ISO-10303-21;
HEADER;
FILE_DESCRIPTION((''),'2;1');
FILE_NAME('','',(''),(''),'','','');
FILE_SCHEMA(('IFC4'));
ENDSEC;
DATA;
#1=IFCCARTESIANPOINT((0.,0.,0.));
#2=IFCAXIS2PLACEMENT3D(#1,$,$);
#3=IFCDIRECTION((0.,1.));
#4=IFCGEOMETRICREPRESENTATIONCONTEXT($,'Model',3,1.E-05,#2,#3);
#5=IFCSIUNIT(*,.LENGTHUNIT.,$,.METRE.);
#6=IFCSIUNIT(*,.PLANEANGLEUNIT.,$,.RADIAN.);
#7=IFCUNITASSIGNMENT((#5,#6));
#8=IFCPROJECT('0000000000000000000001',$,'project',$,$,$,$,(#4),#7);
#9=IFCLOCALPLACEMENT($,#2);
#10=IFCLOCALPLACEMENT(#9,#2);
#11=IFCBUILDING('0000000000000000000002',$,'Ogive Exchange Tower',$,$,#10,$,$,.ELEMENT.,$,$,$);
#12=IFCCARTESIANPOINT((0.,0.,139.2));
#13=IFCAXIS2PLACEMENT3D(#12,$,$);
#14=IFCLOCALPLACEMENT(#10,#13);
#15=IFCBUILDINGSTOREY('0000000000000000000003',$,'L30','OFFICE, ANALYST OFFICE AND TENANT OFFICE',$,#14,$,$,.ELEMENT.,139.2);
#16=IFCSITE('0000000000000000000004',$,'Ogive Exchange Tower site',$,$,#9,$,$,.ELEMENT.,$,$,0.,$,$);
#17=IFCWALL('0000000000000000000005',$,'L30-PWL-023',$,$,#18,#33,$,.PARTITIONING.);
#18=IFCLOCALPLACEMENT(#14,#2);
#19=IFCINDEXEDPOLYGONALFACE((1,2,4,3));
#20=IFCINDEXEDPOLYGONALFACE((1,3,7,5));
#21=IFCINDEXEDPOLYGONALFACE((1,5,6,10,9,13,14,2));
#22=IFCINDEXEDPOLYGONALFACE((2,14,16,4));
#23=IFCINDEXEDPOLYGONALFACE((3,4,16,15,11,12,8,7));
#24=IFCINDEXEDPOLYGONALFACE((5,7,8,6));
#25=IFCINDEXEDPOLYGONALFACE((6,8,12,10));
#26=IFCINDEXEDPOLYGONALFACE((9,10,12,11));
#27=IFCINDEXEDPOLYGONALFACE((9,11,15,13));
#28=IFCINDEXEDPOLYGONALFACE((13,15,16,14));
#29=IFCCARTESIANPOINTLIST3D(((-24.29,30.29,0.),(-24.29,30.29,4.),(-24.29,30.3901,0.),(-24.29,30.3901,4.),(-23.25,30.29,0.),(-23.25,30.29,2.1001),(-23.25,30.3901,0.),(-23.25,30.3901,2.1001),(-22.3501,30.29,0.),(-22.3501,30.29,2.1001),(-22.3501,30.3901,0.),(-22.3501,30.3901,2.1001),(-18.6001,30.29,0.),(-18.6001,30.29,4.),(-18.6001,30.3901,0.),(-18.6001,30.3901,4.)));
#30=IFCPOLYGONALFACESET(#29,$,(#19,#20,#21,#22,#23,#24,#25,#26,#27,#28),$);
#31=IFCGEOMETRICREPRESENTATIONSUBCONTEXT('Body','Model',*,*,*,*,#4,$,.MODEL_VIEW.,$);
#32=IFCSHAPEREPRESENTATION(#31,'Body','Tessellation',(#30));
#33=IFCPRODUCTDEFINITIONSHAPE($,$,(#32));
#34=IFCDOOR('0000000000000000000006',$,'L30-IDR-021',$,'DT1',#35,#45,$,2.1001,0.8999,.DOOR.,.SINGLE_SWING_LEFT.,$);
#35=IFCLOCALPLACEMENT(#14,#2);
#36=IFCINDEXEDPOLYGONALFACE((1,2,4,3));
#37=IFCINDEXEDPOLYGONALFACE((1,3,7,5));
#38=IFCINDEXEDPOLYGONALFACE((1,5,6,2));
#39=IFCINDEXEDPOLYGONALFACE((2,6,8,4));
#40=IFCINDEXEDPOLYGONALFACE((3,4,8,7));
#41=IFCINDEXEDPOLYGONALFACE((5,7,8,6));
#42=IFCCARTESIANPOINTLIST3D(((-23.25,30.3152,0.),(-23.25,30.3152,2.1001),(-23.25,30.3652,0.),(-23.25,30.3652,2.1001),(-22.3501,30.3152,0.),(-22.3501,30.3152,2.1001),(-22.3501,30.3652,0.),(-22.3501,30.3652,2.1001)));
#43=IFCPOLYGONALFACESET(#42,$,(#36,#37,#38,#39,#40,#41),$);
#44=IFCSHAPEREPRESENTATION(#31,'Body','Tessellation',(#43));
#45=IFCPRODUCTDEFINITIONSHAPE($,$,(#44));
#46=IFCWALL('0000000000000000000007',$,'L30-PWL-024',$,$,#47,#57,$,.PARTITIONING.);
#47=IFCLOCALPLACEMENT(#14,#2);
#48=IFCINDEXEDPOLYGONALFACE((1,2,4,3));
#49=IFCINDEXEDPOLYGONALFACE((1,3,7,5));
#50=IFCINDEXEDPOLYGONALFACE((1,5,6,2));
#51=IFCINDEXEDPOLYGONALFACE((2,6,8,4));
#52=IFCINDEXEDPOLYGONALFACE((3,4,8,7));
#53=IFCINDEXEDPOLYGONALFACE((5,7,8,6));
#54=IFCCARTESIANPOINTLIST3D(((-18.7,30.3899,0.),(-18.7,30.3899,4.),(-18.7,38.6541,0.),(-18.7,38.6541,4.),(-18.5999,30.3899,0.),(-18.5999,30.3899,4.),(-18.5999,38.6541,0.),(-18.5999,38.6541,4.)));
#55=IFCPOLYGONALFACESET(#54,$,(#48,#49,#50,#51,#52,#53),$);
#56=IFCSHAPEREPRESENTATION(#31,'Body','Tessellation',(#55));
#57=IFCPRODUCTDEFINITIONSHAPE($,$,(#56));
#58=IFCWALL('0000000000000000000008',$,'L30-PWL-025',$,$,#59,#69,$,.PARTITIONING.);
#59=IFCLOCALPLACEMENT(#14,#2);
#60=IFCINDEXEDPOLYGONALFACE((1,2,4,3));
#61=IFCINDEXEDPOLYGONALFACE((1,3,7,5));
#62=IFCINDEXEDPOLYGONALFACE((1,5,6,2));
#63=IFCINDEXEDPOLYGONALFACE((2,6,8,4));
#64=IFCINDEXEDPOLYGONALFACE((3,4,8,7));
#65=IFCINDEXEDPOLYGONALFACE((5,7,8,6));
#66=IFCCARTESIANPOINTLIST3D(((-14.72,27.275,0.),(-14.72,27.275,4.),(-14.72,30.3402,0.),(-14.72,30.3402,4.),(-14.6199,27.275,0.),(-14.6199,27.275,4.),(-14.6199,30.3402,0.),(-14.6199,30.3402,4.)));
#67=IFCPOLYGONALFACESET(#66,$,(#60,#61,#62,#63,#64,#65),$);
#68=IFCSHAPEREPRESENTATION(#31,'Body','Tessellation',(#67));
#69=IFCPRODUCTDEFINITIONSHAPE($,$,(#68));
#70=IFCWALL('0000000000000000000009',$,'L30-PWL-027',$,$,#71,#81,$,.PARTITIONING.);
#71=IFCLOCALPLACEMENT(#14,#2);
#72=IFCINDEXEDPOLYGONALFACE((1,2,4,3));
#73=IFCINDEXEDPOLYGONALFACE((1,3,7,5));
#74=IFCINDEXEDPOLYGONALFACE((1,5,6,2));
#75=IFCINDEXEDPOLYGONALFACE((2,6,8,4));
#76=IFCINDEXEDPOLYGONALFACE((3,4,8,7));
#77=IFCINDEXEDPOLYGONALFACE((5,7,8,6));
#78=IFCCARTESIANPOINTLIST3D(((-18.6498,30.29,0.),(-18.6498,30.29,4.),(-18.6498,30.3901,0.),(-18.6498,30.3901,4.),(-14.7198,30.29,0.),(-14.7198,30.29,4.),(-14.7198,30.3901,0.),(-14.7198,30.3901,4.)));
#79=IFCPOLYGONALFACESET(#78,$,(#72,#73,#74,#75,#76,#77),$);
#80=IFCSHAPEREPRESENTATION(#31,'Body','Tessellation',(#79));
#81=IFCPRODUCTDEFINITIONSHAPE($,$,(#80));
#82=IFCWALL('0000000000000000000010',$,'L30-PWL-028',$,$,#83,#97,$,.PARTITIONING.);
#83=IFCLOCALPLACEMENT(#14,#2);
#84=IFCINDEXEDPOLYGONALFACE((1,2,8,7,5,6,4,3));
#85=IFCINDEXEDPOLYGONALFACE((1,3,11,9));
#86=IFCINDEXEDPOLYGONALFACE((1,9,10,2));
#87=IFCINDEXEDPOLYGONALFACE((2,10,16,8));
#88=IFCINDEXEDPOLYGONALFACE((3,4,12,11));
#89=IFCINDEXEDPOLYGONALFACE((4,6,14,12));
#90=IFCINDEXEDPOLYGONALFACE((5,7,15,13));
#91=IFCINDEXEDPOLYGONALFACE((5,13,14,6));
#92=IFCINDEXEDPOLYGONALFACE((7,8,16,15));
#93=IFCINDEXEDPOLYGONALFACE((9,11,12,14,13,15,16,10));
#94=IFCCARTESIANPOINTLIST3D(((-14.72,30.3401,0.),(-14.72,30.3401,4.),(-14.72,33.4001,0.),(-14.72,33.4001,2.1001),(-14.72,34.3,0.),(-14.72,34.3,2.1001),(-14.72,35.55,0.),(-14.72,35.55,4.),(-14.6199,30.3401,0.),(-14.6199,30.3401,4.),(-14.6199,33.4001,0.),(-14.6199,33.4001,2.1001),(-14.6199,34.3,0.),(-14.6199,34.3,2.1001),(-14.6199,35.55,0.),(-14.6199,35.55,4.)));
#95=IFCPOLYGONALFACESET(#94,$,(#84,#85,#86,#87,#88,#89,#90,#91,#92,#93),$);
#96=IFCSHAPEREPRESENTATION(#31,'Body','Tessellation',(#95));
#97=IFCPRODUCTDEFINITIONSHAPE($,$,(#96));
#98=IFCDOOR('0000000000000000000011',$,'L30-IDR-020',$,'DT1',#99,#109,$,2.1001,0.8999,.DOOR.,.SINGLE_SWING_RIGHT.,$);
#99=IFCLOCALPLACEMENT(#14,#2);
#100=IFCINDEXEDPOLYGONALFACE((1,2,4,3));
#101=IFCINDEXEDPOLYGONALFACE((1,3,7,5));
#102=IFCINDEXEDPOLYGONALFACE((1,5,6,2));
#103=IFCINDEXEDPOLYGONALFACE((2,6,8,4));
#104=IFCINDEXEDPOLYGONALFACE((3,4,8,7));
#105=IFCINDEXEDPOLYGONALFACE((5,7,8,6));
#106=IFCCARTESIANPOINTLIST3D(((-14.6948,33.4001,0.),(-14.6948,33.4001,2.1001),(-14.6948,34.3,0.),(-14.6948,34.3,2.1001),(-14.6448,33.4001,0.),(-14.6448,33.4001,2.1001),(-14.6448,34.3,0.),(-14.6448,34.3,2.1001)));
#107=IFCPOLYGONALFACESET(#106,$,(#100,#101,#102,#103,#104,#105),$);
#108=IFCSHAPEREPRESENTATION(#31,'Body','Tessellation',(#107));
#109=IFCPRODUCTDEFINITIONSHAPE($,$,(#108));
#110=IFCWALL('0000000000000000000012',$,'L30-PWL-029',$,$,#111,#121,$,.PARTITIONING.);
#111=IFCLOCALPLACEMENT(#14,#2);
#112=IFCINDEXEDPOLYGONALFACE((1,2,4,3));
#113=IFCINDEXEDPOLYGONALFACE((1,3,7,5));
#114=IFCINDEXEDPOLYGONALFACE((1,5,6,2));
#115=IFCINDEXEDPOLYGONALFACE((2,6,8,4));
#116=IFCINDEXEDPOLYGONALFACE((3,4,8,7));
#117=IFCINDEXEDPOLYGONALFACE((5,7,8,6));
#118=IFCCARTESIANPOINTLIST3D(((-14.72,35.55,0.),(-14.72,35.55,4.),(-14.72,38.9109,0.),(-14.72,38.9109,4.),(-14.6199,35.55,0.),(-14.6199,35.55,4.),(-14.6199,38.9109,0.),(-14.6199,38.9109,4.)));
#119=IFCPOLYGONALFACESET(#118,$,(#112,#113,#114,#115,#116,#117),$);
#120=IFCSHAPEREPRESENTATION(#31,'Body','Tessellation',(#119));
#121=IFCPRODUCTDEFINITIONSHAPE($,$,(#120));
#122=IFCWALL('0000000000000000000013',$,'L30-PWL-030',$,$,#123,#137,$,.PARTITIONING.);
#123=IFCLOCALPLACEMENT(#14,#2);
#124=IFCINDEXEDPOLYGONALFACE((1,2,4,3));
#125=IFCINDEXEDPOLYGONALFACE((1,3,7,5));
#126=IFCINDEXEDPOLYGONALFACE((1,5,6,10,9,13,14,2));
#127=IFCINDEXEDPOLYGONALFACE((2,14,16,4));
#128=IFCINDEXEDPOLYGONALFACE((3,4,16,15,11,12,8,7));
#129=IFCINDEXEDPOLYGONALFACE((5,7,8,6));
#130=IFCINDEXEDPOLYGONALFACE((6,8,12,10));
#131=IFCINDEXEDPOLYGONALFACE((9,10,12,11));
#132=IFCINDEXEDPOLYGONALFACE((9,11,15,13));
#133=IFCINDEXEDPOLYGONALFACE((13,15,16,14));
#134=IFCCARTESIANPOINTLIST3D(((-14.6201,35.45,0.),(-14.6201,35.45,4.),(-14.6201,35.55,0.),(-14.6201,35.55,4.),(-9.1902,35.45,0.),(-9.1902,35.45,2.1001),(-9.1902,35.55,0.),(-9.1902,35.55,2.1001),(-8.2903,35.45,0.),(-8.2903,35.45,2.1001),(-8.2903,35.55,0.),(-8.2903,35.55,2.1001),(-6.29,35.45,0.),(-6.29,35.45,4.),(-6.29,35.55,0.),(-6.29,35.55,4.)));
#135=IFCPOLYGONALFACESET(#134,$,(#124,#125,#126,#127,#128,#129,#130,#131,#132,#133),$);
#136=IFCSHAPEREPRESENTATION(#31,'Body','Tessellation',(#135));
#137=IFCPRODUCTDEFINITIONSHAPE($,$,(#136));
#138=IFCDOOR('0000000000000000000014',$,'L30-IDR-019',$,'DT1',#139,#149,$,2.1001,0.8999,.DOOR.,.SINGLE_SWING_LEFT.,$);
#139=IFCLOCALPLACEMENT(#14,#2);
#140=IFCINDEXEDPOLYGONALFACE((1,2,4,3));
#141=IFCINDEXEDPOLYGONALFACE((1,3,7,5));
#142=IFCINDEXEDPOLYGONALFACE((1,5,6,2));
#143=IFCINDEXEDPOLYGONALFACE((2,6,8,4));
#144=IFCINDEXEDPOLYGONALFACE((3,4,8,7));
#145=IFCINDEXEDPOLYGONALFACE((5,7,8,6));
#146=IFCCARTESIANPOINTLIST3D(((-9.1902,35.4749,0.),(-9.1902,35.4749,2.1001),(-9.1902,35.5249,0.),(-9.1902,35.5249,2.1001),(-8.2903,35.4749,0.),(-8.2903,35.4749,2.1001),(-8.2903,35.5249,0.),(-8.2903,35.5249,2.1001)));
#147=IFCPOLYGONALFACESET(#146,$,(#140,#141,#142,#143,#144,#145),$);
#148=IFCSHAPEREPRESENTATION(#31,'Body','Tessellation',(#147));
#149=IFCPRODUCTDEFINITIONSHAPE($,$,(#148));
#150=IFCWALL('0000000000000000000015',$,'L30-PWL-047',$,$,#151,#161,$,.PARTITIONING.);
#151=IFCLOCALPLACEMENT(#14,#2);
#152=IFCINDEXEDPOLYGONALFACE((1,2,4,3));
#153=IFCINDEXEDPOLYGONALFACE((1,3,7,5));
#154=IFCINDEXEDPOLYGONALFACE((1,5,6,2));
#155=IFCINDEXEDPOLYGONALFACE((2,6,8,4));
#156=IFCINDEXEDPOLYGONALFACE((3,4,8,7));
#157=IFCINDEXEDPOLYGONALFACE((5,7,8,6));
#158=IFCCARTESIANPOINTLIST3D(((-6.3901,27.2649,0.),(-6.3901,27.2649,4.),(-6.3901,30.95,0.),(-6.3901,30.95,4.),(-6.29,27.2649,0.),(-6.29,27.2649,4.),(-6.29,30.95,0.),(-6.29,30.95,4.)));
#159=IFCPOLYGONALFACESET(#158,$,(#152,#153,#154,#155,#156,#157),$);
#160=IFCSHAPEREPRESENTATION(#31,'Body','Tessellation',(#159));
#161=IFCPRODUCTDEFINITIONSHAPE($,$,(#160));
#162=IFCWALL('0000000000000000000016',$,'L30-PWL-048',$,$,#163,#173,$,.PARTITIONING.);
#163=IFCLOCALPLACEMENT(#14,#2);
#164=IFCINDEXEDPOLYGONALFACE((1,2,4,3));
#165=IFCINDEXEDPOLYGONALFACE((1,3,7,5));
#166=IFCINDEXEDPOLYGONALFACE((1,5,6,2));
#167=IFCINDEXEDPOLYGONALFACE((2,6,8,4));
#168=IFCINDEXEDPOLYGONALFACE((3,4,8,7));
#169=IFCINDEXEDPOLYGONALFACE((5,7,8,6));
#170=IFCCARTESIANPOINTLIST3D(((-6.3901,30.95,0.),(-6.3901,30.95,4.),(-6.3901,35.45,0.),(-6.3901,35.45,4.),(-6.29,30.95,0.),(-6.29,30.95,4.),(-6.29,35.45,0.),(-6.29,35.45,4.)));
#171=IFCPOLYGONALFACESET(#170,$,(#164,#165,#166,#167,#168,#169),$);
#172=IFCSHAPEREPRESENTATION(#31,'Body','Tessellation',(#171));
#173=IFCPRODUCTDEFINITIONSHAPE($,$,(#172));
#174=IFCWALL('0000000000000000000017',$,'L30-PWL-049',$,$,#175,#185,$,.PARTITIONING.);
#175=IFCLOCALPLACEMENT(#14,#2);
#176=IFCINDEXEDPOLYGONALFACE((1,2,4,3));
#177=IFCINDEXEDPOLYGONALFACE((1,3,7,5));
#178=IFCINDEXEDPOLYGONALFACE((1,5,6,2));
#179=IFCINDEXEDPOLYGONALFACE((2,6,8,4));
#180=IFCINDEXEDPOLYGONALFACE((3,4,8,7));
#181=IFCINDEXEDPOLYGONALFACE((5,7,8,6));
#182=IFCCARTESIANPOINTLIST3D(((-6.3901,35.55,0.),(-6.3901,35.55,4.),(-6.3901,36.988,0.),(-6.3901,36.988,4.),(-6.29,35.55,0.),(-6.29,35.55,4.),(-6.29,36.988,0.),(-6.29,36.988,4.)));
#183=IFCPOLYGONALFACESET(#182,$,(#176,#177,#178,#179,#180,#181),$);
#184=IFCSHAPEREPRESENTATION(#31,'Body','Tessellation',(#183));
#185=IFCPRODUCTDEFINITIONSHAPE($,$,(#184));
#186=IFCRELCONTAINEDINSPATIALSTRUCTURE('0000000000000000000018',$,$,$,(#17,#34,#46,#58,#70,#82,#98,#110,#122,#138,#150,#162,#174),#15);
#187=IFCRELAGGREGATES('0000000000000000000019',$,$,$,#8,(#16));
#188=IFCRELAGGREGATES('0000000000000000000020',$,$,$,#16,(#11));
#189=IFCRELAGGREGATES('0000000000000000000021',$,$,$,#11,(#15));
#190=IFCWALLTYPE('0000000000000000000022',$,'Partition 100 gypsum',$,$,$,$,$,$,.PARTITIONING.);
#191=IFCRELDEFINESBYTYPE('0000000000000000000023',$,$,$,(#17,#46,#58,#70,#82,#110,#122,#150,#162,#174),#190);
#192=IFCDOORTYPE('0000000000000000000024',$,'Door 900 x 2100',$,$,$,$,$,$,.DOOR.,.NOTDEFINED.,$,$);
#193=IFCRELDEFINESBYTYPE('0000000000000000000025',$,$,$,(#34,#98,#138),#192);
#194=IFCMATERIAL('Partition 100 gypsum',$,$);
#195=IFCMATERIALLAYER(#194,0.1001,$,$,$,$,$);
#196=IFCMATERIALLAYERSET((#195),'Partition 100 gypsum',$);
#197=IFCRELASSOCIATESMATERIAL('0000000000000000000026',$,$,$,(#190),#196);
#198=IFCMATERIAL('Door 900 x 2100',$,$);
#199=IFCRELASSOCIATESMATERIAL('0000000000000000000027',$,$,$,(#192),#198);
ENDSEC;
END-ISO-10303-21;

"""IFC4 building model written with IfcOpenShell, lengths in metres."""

from ifc_helpers import new_model, si_unit, direction, frame, frame_2d, origin, place, context, subcontext, project, spatial, rectangle, extrude, material, layer, layer_set, type_object, element, fill, save


model = new_model("IFC4")

# Units and contexts
model_context = context("Model", 3, precision=1e-05, world=origin(), true_north=direction((0.0, 1.0)))
body_context = subcontext(model_context, "Body", "Model", "MODEL_VIEW")
ifc_project = project(units=[si_unit("LENGTHUNIT", "METRE"), si_unit("PLANEANGLEUNIT", "RADIAN")], contexts=[model_context])

# Site, building, storey
site_placement = place(None, origin())
site = spatial("IfcSite", under=ifc_project, at=site_placement, Name="Ogive Exchange Tower site", CompositionType="ELEMENT", RefElevation=0.0)
building_placement = place(site_placement, origin())
building = spatial("IfcBuilding", under=site, at=building_placement, Name="Ogive Exchange Tower", CompositionType="ELEMENT")
storey_placement = place(building_placement, frame((0.0, 0.0, 139.2)))
storey = spatial("IfcBuildingStorey", under=building, at=storey_placement, Name="L30", Description="OFFICE, ANALYST OFFICE AND TENANT OFFICE", CompositionType="ELEMENT", Elevation=139.2)

# Wall, opening, door
ifc_material_1 = material(Name="Partition 100 gypsum")
ifc_layer_1 = layer(ifc_material_1, 0.1001)
ifc_layer_set_1 = layer_set([ifc_layer_1], Name="Partition 100 gypsum")
wall_type_1 = type_object("IfcWallType", Name="Partition 100 gypsum", PredefinedType="PARTITIONING", material=ifc_layer_set_1)
wall_1_placement = place(storey_placement, frame((-18.6001, 30.3401, 0.0), z_axis=(0.0, 0.0, 1.0), x_axis=(-1.0, 0.0, 0.0)))
wall_1 = element("IfcWall", 1, at=wall_1_placement, inside=storey, type_object=wall_type_1, Name="L30-PWL-023", PredefinedType="PARTITIONING", context=body_context, shape_type="SweptSolid", body=[
    extrude(rectangle(XDim=5.6899, YDim=0.1001, at=frame_2d((2.845, 0.0))), origin(), (0.0, 0.0, 1.0), 4.0),
])
opening_1_placement = place(wall_1_placement, frame((3.75, 0.0, 0.0)))
opening_1 = element("IfcOpeningElement", 2, at=opening_1_placement, cuts=wall_1, PredefinedType="OPENING", context=body_context, shape_type="SweptSolid", body=[
    extrude(rectangle(XDim=0.8999, YDim=2.1001, at=frame_2d((0.45, 1.05))), frame((0.0, 0.0601, 0.0), z_axis=(0.0, -1.0, 0.0), x_axis=(1.0, 0.0, 0.0)), (0.0, 0.0, 1.0), 0.1201),
])
ifc_material_2 = material(Name="Door 900 x 2100")
door_type_1 = type_object("IfcDoorType", Name="Door 900 x 2100", OperationType="NOTDEFINED", PredefinedType="DOOR", material=ifc_material_2)
door_1_placement = place(opening_1_placement, origin())
door_1 = element("IfcDoor", 3, at=door_1_placement, inside=storey, type_object=door_type_1, Name="L30-IDR-021", ObjectType="DT1", OperationType="SINGLE_SWING_LEFT", OverallHeight=2.1001, OverallWidth=0.8999, PredefinedType="DOOR", context=body_context, shape_type="SweptSolid", body=[
    extrude(rectangle(XDim=0.8999, YDim=2.1001, at=frame_2d((0.45, 1.05))), frame((0.0, 0.0249, 0.0), z_axis=(0.0, -1.0, 0.0), x_axis=(1.0, 0.0, 0.0)), (0.0, 0.0, 1.0), 0.05),
])
fill(opening_1, door_1)

# Walls
wall_2_placement = place(storey_placement, frame((-18.6499, 30.3899, 0.0), z_axis=(0.0, 0.0, 1.0), x_axis=(0.0, 1.0, 0.0)))
element("IfcWall", 4, at=wall_2_placement, inside=storey, type_object=wall_type_1, Name="L30-PWL-024", PredefinedType="PARTITIONING", context=body_context, shape_type="SweptSolid", body=[
    extrude(rectangle(XDim=8.2642, YDim=0.1001, at=frame_2d((4.1321, 0.0))), origin(), (0.0, 0.0, 1.0), 4.0),
])
wall_3_placement = place(storey_placement, frame((-14.6699, 27.2749, 0.0), z_axis=(0.0, 0.0, 1.0), x_axis=(0.0, 1.0, 0.0)))
element("IfcWall", 5, at=wall_3_placement, inside=storey, type_object=wall_type_1, Name="L30-PWL-025", PredefinedType="PARTITIONING", context=body_context, shape_type="SweptSolid", body=[
    extrude(rectangle(XDim=3.0652, YDim=0.1001, at=frame_2d((1.5327, 0.0))), origin(), (0.0, 0.0, 1.0), 4.0),
])
wall_4_placement = place(storey_placement, frame((-14.72, 30.3401, 0.0), z_axis=(0.0, 0.0, 1.0), x_axis=(-1.0, 0.0, 0.0)))
element("IfcWall", 6, at=wall_4_placement, inside=storey, type_object=wall_type_1, Name="L30-PWL-027", PredefinedType="PARTITIONING", context=body_context, shape_type="SweptSolid", body=[
    extrude(rectangle(XDim=3.9299, YDim=0.1001, at=frame_2d((1.9648, 0.0))), origin(), (0.0, 0.0, 1.0), 4.0),
])

# Wall, opening, door
wall_5_placement = place(storey_placement, frame((-14.6699, 30.3401, 0.0), z_axis=(0.0, 0.0, 1.0), x_axis=(0.0, 1.0, 0.0)))
wall_5 = element("IfcWall", 7, at=wall_5_placement, inside=storey, type_object=wall_type_1, Name="L30-PWL-028", PredefinedType="PARTITIONING", context=body_context, shape_type="SweptSolid", body=[
    extrude(rectangle(XDim=5.21, YDim=0.1001, at=frame_2d((2.605, 0.0))), origin(), (0.0, 0.0, 1.0), 4.0),
])
opening_2_placement = place(wall_5_placement, frame((3.0601, 0.0, 0.0)))
opening_2 = element("IfcOpeningElement", 8, at=opening_2_placement, cuts=wall_5, PredefinedType="OPENING", context=body_context, shape_type="SweptSolid", body=[
    extrude(rectangle(XDim=0.8999, YDim=2.1001, at=frame_2d((0.45, 1.05))), frame((0.0, 0.0601, 0.0), z_axis=(0.0, -1.0, 0.0), x_axis=(1.0, 0.0, 0.0)), (0.0, 0.0, 1.0), 0.1201),
])
door_2_placement = place(opening_2_placement, origin())
door_2 = element("IfcDoor", 9, at=door_2_placement, inside=storey, type_object=door_type_1, Name="L30-IDR-020", ObjectType="DT1", OperationType="SINGLE_SWING_RIGHT", OverallHeight=2.1001, OverallWidth=0.8999, PredefinedType="DOOR", context=body_context, shape_type="SweptSolid", body=[
    extrude(rectangle(XDim=0.8999, YDim=2.1001, at=frame_2d((0.45, 1.05))), frame((0.0, 0.0249, 0.0), z_axis=(0.0, -1.0, 0.0), x_axis=(1.0, 0.0, 0.0)), (0.0, 0.0, 1.0), 0.05),
])
fill(opening_2, door_2)

# Wall
wall_6_placement = place(storey_placement, frame((-14.6699, 35.55, 0.0), z_axis=(0.0, 0.0, 1.0), x_axis=(0.0, 1.0, 0.0)))
element("IfcWall", 10, at=wall_6_placement, inside=storey, type_object=wall_type_1, Name="L30-PWL-029", PredefinedType="PARTITIONING", context=body_context, shape_type="SweptSolid", body=[
    extrude(rectangle(XDim=3.3608, YDim=0.1001, at=frame_2d((1.6804, 0.0))), origin(), (0.0, 0.0, 1.0), 4.0),
])

# Wall, opening, door
wall_7_placement = place(storey_placement, frame((-14.6201, 35.5, 0.0), z_axis=(0.0, 0.0, 1.0), x_axis=(1.0, 0.0, 0.0)))
wall_7 = element("IfcWall", 11, at=wall_7_placement, inside=storey, type_object=wall_type_1, Name="L30-PWL-030", PredefinedType="PARTITIONING", context=body_context, shape_type="SweptSolid", body=[
    extrude(rectangle(XDim=8.3301, YDim=0.1001, at=frame_2d((4.165, 0.0))), origin(), (0.0, 0.0, 1.0), 4.0),
])
opening_3_placement = place(wall_7_placement, frame((5.4299, 0.0, 0.0)))
opening_3 = element("IfcOpeningElement", 12, at=opening_3_placement, cuts=wall_7, PredefinedType="OPENING", context=body_context, shape_type="SweptSolid", body=[
    extrude(rectangle(XDim=0.8999, YDim=2.1001, at=frame_2d((0.45, 1.05))), frame((0.0, 0.0601, 0.0), z_axis=(0.0, -1.0, 0.0), x_axis=(1.0, 0.0, 0.0)), (0.0, 0.0, 1.0), 0.1201),
])
door_3_placement = place(opening_3_placement, origin())
door_3 = element("IfcDoor", 13, at=door_3_placement, inside=storey, type_object=door_type_1, Name="L30-IDR-019", ObjectType="DT1", OperationType="SINGLE_SWING_LEFT", OverallHeight=2.1001, OverallWidth=0.8999, PredefinedType="DOOR", context=body_context, shape_type="SweptSolid", body=[
    extrude(rectangle(XDim=0.8999, YDim=2.1001, at=frame_2d((0.45, 1.05))), frame((0.0, 0.0249, 0.0), z_axis=(0.0, -1.0, 0.0), x_axis=(1.0, 0.0, 0.0)), (0.0, 0.0, 1.0), 0.05),
])
fill(opening_3, door_3)

# Walls
wall_8_placement = place(storey_placement, frame((-6.3401, 27.2649, 0.0), z_axis=(0.0, 0.0, 1.0), x_axis=(0.0, 1.0, 0.0)))
element("IfcWall", 14, at=wall_8_placement, inside=storey, type_object=wall_type_1, Name="L30-PWL-047", PredefinedType="PARTITIONING", context=body_context, shape_type="SweptSolid", body=[
    extrude(rectangle(XDim=3.6851, YDim=0.1001, at=frame_2d((1.8425, 0.0))), origin(), (0.0, 0.0, 1.0), 4.0),
])
wall_9_placement = place(storey_placement, frame((-6.3401, 30.95, 0.0), z_axis=(0.0, 0.0, 1.0), x_axis=(0.0, 1.0, 0.0)))
element("IfcWall", 15, at=wall_9_placement, inside=storey, type_object=wall_type_1, Name="L30-PWL-048", PredefinedType="PARTITIONING", context=body_context, shape_type="SweptSolid", body=[
    extrude(rectangle(XDim=4.5, YDim=0.1001, at=frame_2d((2.25, 0.0))), origin(), (0.0, 0.0, 1.0), 4.0),
])
wall_10_placement = place(storey_placement, frame((-6.3401, 35.55, 0.0), z_axis=(0.0, 0.0, 1.0), x_axis=(0.0, 1.0, 0.0)))
element("IfcWall", 16, at=wall_10_placement, inside=storey, type_object=wall_type_1, Name="L30-PWL-049", PredefinedType="PARTITIONING", context=body_context, shape_type="SweptSolid", body=[
    extrude(rectangle(XDim=1.438, YDim=0.1001, at=frame_2d((0.719, 0.0))), origin(), (0.0, 0.0, 1.0), 4.0),
])

save(model, "model.ifc")
